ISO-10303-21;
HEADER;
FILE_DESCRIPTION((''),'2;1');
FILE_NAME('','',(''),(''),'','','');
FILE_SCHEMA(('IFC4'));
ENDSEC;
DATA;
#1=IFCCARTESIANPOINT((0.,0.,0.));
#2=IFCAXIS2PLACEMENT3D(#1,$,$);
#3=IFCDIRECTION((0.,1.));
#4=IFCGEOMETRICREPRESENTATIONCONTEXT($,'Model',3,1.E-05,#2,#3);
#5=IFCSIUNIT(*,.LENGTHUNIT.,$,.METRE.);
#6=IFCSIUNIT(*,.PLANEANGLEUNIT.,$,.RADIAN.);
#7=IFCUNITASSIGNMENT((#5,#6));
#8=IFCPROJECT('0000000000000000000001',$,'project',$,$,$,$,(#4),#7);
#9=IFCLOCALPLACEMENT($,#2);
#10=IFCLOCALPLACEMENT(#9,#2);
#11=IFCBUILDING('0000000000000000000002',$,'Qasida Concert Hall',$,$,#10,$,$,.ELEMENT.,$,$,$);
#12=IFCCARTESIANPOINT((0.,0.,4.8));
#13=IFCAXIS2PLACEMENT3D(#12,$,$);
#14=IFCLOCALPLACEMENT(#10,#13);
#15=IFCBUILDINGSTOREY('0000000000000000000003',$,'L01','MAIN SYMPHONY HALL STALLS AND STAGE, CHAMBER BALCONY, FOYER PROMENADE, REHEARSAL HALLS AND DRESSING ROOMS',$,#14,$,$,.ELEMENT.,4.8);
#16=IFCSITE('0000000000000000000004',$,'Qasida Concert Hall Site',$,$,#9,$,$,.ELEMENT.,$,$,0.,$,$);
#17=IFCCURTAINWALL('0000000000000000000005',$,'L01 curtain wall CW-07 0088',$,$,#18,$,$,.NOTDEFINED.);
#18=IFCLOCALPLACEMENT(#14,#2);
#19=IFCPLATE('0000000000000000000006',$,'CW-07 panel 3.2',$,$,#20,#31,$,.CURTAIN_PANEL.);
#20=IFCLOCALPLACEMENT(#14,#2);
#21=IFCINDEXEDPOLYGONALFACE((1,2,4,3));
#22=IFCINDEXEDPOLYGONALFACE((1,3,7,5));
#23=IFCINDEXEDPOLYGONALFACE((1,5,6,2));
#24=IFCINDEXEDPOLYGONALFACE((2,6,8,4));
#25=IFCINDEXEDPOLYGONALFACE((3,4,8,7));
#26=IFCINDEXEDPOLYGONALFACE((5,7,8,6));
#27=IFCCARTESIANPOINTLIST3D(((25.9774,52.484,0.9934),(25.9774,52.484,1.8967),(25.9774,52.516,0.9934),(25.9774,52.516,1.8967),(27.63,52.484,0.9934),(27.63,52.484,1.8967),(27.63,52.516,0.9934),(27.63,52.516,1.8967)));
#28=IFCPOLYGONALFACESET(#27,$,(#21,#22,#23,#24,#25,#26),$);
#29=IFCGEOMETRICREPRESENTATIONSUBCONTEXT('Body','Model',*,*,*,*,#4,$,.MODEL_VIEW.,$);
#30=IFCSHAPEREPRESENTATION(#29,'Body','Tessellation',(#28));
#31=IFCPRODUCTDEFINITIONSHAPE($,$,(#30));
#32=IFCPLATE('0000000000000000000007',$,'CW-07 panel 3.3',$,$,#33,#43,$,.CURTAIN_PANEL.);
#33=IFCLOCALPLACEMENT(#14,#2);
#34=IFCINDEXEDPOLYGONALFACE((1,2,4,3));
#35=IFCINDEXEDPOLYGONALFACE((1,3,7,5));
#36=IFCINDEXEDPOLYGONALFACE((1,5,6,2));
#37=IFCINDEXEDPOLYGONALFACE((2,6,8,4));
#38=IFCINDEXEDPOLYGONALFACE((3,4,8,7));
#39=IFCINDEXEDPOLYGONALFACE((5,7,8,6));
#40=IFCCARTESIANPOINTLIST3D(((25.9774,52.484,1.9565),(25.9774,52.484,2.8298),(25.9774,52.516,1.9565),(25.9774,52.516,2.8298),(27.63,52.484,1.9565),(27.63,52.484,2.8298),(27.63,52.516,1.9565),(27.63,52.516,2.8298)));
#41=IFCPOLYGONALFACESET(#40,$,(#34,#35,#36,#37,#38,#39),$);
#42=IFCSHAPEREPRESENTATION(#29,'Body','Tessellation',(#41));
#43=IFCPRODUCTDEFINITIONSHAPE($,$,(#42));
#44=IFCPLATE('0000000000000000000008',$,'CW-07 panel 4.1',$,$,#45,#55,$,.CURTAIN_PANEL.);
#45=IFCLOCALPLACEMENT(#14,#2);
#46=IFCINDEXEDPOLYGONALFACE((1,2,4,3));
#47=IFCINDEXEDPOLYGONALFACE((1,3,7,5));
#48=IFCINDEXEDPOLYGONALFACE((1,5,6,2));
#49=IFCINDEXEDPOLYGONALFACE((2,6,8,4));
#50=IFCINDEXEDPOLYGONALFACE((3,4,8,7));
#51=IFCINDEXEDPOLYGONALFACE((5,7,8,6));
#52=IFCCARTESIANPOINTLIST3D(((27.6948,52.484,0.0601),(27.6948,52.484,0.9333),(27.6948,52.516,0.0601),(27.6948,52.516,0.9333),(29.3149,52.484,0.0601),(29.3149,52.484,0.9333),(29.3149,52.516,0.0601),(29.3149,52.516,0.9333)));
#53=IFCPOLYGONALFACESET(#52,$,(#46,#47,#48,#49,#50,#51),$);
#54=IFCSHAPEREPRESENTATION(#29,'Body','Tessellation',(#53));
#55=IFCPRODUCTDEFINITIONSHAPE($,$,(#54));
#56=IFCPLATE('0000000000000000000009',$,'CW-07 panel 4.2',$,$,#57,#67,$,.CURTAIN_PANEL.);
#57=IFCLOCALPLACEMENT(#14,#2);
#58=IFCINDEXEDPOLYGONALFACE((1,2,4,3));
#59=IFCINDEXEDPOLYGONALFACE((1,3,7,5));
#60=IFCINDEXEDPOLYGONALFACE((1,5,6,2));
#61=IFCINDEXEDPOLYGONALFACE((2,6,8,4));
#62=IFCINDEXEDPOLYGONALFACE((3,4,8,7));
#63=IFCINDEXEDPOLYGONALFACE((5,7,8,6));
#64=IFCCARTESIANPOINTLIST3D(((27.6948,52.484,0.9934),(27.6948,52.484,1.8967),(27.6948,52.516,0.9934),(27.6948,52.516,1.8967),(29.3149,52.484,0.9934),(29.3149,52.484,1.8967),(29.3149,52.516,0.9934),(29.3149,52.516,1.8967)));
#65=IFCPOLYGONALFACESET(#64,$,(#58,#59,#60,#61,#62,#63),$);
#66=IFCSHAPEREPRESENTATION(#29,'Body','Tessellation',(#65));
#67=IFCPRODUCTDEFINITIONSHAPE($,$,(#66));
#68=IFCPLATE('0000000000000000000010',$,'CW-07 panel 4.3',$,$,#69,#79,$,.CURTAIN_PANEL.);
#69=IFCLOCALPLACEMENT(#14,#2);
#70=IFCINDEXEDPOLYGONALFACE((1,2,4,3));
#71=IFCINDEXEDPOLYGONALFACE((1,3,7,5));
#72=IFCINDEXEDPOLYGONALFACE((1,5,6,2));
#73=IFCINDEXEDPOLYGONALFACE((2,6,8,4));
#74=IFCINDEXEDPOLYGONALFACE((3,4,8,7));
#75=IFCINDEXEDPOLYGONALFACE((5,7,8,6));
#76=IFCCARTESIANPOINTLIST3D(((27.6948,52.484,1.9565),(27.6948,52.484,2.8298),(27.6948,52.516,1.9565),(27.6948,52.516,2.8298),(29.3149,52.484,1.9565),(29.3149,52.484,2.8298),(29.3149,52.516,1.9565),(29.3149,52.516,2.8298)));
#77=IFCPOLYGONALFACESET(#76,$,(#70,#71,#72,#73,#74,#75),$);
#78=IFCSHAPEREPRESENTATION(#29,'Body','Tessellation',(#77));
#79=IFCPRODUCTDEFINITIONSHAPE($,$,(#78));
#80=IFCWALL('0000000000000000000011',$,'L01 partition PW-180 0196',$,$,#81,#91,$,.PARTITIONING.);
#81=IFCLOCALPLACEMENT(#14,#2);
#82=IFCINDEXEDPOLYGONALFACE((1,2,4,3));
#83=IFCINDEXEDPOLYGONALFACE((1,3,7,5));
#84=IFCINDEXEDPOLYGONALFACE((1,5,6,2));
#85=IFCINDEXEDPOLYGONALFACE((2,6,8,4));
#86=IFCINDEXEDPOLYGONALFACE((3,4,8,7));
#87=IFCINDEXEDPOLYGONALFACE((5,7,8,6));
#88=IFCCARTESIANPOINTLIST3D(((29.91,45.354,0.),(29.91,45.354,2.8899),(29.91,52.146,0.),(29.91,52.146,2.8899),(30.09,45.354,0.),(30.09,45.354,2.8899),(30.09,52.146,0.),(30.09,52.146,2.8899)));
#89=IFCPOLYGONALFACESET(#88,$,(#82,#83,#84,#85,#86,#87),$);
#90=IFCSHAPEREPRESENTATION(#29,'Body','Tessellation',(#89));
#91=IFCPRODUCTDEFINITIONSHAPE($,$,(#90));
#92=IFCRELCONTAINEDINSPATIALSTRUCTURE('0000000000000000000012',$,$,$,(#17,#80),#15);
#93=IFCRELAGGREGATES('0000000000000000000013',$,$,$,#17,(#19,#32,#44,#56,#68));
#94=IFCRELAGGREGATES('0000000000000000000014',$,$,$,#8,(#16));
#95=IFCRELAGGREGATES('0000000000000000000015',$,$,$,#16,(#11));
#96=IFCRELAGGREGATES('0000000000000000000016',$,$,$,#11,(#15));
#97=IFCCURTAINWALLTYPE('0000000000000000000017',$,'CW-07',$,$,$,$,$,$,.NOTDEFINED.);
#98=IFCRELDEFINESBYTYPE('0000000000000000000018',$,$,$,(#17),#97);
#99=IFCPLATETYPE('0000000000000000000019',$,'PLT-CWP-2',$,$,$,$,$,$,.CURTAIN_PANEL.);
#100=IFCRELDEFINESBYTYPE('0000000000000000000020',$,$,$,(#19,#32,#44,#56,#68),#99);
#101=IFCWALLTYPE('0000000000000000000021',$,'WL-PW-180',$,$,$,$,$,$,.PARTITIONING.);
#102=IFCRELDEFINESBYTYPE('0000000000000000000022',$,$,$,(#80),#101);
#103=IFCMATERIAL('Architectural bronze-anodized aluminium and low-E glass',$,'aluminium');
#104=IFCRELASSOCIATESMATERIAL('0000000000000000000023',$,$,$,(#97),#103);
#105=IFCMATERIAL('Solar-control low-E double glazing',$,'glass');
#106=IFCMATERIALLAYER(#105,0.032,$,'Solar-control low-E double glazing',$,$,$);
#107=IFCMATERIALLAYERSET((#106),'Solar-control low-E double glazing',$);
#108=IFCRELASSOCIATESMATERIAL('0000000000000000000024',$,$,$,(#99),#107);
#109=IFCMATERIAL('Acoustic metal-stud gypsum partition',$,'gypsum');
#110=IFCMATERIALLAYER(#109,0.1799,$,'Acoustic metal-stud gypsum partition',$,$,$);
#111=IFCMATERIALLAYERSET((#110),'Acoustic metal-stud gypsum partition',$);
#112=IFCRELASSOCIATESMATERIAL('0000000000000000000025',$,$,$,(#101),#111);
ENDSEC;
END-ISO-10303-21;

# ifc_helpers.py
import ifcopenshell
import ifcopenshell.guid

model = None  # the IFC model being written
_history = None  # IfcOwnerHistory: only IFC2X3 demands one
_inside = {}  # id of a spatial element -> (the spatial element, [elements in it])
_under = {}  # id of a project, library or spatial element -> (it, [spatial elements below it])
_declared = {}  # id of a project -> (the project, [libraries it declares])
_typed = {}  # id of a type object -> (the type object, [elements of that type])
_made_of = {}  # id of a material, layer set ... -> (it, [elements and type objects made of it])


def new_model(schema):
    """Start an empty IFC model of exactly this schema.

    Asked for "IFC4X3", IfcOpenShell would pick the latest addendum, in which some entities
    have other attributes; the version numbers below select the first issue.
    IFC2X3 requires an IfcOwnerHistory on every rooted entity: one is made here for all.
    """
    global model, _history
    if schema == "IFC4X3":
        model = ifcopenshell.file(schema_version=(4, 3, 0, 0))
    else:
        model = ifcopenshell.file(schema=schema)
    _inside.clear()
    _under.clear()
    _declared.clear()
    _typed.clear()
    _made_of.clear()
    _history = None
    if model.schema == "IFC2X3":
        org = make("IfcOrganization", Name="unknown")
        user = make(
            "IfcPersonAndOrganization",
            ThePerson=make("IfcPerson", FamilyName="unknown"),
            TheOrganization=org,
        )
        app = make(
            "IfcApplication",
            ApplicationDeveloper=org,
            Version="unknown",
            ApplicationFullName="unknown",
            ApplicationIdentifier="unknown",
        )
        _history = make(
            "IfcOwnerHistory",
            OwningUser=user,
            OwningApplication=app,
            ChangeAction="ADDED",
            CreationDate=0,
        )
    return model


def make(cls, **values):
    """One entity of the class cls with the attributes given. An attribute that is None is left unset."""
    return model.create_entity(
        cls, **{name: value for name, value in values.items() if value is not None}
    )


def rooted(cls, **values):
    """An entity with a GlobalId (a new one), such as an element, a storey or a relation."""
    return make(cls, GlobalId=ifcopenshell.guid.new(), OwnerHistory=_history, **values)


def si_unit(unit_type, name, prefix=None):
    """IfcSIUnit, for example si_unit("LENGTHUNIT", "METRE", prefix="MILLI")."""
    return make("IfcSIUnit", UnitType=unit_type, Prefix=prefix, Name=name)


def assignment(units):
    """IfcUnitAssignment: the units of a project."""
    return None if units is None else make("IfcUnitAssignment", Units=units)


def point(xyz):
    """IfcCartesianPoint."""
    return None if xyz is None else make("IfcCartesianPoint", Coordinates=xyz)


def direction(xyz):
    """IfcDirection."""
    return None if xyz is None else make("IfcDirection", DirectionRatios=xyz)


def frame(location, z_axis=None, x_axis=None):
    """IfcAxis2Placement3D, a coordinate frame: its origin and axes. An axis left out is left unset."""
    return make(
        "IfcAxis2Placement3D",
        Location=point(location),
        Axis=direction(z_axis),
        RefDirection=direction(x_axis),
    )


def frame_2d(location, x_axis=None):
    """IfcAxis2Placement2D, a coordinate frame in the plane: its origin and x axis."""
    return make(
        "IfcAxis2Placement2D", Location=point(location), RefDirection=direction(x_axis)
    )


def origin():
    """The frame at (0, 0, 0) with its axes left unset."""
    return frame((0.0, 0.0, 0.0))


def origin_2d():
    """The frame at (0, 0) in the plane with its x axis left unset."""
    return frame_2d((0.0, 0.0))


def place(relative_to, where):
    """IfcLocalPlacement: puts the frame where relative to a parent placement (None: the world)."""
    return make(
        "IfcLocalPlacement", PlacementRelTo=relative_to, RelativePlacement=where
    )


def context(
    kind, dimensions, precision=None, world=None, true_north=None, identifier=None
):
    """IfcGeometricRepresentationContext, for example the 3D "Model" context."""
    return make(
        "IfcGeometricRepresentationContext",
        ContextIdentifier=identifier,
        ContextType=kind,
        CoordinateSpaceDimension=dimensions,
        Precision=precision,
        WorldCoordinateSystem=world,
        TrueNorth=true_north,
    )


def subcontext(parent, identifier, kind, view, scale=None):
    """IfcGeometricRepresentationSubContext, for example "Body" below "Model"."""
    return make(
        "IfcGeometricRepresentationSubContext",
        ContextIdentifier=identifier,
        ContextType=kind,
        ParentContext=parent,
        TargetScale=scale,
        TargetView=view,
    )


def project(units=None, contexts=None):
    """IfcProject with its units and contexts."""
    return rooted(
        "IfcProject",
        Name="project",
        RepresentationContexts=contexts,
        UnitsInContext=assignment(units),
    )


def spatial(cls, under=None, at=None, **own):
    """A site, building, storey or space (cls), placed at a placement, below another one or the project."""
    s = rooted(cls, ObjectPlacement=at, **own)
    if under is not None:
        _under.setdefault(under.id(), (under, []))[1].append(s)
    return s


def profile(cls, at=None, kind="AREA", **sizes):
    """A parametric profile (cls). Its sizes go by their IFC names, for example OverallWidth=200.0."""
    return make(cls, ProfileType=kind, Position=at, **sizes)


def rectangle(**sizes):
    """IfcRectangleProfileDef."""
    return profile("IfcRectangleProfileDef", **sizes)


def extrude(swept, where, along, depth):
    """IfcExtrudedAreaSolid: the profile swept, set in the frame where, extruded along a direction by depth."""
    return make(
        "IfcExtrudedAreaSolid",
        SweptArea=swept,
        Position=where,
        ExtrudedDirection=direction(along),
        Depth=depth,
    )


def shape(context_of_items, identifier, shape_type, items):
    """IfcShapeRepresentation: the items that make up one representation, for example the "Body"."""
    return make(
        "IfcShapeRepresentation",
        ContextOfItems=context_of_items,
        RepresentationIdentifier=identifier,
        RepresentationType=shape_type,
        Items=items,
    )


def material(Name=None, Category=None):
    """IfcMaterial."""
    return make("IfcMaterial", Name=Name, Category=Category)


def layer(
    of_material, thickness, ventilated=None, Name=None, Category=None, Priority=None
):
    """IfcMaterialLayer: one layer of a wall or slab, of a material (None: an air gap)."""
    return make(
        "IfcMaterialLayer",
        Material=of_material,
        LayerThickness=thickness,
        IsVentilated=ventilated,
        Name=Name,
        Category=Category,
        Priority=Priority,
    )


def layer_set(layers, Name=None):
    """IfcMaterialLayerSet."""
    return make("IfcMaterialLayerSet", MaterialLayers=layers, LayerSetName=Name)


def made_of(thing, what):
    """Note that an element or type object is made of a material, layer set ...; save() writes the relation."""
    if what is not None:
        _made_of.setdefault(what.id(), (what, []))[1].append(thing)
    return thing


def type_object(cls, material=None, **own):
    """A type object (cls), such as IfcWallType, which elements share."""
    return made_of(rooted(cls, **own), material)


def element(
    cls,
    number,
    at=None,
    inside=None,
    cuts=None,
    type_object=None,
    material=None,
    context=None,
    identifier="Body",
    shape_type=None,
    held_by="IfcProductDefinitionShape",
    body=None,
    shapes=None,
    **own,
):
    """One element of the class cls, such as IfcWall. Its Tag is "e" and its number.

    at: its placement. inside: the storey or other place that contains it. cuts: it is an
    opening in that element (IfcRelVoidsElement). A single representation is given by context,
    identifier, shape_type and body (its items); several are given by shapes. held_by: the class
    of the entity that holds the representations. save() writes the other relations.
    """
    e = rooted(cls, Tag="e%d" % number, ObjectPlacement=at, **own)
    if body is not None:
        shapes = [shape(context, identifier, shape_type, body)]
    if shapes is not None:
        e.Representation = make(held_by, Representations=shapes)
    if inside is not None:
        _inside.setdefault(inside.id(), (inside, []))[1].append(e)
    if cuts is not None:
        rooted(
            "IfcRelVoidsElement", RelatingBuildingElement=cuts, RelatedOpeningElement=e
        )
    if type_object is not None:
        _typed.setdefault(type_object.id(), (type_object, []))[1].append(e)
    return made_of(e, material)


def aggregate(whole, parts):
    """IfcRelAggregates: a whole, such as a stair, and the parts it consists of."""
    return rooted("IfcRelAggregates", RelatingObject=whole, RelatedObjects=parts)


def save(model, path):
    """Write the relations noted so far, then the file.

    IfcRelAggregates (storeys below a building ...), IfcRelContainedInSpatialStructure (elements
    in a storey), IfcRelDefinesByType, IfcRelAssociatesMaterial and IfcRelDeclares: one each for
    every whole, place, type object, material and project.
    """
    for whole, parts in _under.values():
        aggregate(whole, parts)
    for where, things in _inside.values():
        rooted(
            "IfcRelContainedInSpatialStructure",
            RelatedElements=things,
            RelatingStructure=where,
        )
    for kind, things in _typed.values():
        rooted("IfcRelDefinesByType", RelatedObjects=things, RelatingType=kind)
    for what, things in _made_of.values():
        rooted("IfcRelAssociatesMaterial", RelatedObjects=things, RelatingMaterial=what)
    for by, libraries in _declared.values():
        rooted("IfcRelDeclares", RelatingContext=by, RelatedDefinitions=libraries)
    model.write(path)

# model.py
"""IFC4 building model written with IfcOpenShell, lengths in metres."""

from ifc_helpers import new_model, si_unit, direction, frame, frame_2d, origin, origin_2d, place, context, subcontext, project, spatial, rectangle, extrude, material, layer, layer_set, type_object, element, aggregate, save


model = new_model("IFC4")

# Units and contexts
model_context = context("Model", 3, precision=1e-05, world=origin(), true_north=direction((0.0, 1.0)))
body_context = subcontext(model_context, "Body", "Model", "MODEL_VIEW")
ifc_project = project(units=[si_unit("LENGTHUNIT", "METRE"), si_unit("PLANEANGLEUNIT", "RADIAN")], contexts=[model_context])

# Site, building, storey
site_placement = place(None, origin())
site = spatial("IfcSite", under=ifc_project, at=site_placement, Name="Qasida Concert Hall Site", CompositionType="ELEMENT", RefElevation=0.0)
building_placement = place(site_placement, origin())
building = spatial("IfcBuilding", under=site, at=building_placement, Name="Qasida Concert Hall", CompositionType="ELEMENT")
storey_placement = place(building_placement, frame((0.0, 0.0, 4.8)))
storey = spatial("IfcBuildingStorey", under=building, at=storey_placement, Name="L01", Description="MAIN SYMPHONY HALL STALLS AND STAGE, CHAMBER BALCONY, FOYER PROMENADE, REHEARSAL HALLS AND DRESSING ROOMS", CompositionType="ELEMENT", Elevation=4.8)

# Curtain wall, plates
ifc_material_1 = material(Name="Architectural bronze-anodized aluminium and low-E glass", Category="aluminium")
curtain_wall_type = type_object("IfcCurtainWallType", Name="CW-07", PredefinedType="NOTDEFINED", material=ifc_material_1)
curtain_wall_placement = place(storey_placement, origin())
curtain_wall = element("IfcCurtainWall", 1, at=curtain_wall_placement, inside=storey, type_object=curtain_wall_type, Name="L01 curtain wall CW-07 0088", PredefinedType="NOTDEFINED")
ifc_material_2 = material(Name="Solar-control low-E double glazing", Category="glass")
ifc_layer_1 = layer(ifc_material_2, 0.032, Name="Solar-control low-E double glazing")
ifc_layer_set_1 = layer_set([ifc_layer_1], Name="Solar-control low-E double glazing")
plate_type = type_object("IfcPlateType", Name="PLT-CWP-2", PredefinedType="CURTAIN_PANEL", material=ifc_layer_set_1)
plate_1_placement = place(storey_placement, frame((26.8037, 52.5, 0.9934), z_axis=(0.0, 0.0, 1.0), x_axis=(1.0, 0.0, 0.0)))
plate_1 = element("IfcPlate", 2, at=plate_1_placement, type_object=plate_type, Name="CW-07 panel 3.2", PredefinedType="CURTAIN_PANEL", context=body_context, shape_type="SweptSolid", body=[
    extrude(rectangle(XDim=1.6526, YDim=0.032, at=origin_2d()), origin(), (0.0, 0.0, 1.0), 0.9033),
])
plate_2_placement = place(storey_placement, frame((26.8037, 52.5, 1.9565), z_axis=(0.0, 0.0, 1.0), x_axis=(1.0, 0.0, 0.0)))
plate_2 = element("IfcPlate", 3, at=plate_2_placement, type_object=plate_type, Name="CW-07 panel 3.3", PredefinedType="CURTAIN_PANEL", context=body_context, shape_type="SweptSolid", body=[
    extrude(rectangle(XDim=1.6526, YDim=0.032, at=origin_2d()), origin(), (0.0, 0.0, 1.0), 0.8733),
])
plate_3_placement = place(storey_placement, frame((28.5049, 52.5, 0.0601), z_axis=(0.0, 0.0, 1.0), x_axis=(1.0, 0.0, 0.0)))
plate_3 = element("IfcPlate", 4, at=plate_3_placement, type_object=plate_type, Name="CW-07 panel 4.1", PredefinedType="CURTAIN_PANEL", context=body_context, shape_type="SweptSolid", body=[
    extrude(rectangle(XDim=1.6201, YDim=0.032, at=origin_2d()), origin(), (0.0, 0.0, 1.0), 0.8733),
])
plate_4_placement = place(storey_placement, frame((28.5049, 52.5, 0.9934), z_axis=(0.0, 0.0, 1.0), x_axis=(1.0, 0.0, 0.0)))
plate_4 = element("IfcPlate", 5, at=plate_4_placement, type_object=plate_type, Name="CW-07 panel 4.2", PredefinedType="CURTAIN_PANEL", context=body_context, shape_type="SweptSolid", body=[
    extrude(rectangle(XDim=1.6201, YDim=0.032, at=origin_2d()), origin(), (0.0, 0.0, 1.0), 0.9033),
])
plate_5_placement = place(storey_placement, frame((28.5049, 52.5, 1.9565), z_axis=(0.0, 0.0, 1.0), x_axis=(1.0, 0.0, 0.0)))
plate_5 = element("IfcPlate", 6, at=plate_5_placement, type_object=plate_type, Name="CW-07 panel 4.3", PredefinedType="CURTAIN_PANEL", context=body_context, shape_type="SweptSolid", body=[
    extrude(rectangle(XDim=1.6201, YDim=0.032, at=origin_2d()), origin(), (0.0, 0.0, 1.0), 0.8733),
])
aggregate(curtain_wall, [plate_1, plate_2, plate_3, plate_4, plate_5])

# Wall
ifc_material_3 = material(Name="Acoustic metal-stud gypsum partition", Category="gypsum")
ifc_layer_2 = layer(ifc_material_3, 0.1799, Name="Acoustic metal-stud gypsum partition")
ifc_layer_set_2 = layer_set([ifc_layer_2], Name="Acoustic metal-stud gypsum partition")
wall_type = type_object("IfcWallType", Name="WL-PW-180", PredefinedType="PARTITIONING", material=ifc_layer_set_2)
wall_placement = place(storey_placement, frame((30.0, 45.354, 0.0), z_axis=(0.0, 0.0, 1.0), x_axis=(0.0, 1.0, 0.0)))
element("IfcWall", 7, at=wall_placement, inside=storey, type_object=wall_type, Name="L01 partition PW-180 0196", PredefinedType="PARTITIONING", context=body_context, shape_type="SweptSolid", body=[
    extrude(rectangle(XDim=6.792, YDim=0.1799, at=frame_2d((3.396, 0.0))), origin(), (0.0, 0.0, 1.0), 2.8899),
])

save(model, "model.ifc")
